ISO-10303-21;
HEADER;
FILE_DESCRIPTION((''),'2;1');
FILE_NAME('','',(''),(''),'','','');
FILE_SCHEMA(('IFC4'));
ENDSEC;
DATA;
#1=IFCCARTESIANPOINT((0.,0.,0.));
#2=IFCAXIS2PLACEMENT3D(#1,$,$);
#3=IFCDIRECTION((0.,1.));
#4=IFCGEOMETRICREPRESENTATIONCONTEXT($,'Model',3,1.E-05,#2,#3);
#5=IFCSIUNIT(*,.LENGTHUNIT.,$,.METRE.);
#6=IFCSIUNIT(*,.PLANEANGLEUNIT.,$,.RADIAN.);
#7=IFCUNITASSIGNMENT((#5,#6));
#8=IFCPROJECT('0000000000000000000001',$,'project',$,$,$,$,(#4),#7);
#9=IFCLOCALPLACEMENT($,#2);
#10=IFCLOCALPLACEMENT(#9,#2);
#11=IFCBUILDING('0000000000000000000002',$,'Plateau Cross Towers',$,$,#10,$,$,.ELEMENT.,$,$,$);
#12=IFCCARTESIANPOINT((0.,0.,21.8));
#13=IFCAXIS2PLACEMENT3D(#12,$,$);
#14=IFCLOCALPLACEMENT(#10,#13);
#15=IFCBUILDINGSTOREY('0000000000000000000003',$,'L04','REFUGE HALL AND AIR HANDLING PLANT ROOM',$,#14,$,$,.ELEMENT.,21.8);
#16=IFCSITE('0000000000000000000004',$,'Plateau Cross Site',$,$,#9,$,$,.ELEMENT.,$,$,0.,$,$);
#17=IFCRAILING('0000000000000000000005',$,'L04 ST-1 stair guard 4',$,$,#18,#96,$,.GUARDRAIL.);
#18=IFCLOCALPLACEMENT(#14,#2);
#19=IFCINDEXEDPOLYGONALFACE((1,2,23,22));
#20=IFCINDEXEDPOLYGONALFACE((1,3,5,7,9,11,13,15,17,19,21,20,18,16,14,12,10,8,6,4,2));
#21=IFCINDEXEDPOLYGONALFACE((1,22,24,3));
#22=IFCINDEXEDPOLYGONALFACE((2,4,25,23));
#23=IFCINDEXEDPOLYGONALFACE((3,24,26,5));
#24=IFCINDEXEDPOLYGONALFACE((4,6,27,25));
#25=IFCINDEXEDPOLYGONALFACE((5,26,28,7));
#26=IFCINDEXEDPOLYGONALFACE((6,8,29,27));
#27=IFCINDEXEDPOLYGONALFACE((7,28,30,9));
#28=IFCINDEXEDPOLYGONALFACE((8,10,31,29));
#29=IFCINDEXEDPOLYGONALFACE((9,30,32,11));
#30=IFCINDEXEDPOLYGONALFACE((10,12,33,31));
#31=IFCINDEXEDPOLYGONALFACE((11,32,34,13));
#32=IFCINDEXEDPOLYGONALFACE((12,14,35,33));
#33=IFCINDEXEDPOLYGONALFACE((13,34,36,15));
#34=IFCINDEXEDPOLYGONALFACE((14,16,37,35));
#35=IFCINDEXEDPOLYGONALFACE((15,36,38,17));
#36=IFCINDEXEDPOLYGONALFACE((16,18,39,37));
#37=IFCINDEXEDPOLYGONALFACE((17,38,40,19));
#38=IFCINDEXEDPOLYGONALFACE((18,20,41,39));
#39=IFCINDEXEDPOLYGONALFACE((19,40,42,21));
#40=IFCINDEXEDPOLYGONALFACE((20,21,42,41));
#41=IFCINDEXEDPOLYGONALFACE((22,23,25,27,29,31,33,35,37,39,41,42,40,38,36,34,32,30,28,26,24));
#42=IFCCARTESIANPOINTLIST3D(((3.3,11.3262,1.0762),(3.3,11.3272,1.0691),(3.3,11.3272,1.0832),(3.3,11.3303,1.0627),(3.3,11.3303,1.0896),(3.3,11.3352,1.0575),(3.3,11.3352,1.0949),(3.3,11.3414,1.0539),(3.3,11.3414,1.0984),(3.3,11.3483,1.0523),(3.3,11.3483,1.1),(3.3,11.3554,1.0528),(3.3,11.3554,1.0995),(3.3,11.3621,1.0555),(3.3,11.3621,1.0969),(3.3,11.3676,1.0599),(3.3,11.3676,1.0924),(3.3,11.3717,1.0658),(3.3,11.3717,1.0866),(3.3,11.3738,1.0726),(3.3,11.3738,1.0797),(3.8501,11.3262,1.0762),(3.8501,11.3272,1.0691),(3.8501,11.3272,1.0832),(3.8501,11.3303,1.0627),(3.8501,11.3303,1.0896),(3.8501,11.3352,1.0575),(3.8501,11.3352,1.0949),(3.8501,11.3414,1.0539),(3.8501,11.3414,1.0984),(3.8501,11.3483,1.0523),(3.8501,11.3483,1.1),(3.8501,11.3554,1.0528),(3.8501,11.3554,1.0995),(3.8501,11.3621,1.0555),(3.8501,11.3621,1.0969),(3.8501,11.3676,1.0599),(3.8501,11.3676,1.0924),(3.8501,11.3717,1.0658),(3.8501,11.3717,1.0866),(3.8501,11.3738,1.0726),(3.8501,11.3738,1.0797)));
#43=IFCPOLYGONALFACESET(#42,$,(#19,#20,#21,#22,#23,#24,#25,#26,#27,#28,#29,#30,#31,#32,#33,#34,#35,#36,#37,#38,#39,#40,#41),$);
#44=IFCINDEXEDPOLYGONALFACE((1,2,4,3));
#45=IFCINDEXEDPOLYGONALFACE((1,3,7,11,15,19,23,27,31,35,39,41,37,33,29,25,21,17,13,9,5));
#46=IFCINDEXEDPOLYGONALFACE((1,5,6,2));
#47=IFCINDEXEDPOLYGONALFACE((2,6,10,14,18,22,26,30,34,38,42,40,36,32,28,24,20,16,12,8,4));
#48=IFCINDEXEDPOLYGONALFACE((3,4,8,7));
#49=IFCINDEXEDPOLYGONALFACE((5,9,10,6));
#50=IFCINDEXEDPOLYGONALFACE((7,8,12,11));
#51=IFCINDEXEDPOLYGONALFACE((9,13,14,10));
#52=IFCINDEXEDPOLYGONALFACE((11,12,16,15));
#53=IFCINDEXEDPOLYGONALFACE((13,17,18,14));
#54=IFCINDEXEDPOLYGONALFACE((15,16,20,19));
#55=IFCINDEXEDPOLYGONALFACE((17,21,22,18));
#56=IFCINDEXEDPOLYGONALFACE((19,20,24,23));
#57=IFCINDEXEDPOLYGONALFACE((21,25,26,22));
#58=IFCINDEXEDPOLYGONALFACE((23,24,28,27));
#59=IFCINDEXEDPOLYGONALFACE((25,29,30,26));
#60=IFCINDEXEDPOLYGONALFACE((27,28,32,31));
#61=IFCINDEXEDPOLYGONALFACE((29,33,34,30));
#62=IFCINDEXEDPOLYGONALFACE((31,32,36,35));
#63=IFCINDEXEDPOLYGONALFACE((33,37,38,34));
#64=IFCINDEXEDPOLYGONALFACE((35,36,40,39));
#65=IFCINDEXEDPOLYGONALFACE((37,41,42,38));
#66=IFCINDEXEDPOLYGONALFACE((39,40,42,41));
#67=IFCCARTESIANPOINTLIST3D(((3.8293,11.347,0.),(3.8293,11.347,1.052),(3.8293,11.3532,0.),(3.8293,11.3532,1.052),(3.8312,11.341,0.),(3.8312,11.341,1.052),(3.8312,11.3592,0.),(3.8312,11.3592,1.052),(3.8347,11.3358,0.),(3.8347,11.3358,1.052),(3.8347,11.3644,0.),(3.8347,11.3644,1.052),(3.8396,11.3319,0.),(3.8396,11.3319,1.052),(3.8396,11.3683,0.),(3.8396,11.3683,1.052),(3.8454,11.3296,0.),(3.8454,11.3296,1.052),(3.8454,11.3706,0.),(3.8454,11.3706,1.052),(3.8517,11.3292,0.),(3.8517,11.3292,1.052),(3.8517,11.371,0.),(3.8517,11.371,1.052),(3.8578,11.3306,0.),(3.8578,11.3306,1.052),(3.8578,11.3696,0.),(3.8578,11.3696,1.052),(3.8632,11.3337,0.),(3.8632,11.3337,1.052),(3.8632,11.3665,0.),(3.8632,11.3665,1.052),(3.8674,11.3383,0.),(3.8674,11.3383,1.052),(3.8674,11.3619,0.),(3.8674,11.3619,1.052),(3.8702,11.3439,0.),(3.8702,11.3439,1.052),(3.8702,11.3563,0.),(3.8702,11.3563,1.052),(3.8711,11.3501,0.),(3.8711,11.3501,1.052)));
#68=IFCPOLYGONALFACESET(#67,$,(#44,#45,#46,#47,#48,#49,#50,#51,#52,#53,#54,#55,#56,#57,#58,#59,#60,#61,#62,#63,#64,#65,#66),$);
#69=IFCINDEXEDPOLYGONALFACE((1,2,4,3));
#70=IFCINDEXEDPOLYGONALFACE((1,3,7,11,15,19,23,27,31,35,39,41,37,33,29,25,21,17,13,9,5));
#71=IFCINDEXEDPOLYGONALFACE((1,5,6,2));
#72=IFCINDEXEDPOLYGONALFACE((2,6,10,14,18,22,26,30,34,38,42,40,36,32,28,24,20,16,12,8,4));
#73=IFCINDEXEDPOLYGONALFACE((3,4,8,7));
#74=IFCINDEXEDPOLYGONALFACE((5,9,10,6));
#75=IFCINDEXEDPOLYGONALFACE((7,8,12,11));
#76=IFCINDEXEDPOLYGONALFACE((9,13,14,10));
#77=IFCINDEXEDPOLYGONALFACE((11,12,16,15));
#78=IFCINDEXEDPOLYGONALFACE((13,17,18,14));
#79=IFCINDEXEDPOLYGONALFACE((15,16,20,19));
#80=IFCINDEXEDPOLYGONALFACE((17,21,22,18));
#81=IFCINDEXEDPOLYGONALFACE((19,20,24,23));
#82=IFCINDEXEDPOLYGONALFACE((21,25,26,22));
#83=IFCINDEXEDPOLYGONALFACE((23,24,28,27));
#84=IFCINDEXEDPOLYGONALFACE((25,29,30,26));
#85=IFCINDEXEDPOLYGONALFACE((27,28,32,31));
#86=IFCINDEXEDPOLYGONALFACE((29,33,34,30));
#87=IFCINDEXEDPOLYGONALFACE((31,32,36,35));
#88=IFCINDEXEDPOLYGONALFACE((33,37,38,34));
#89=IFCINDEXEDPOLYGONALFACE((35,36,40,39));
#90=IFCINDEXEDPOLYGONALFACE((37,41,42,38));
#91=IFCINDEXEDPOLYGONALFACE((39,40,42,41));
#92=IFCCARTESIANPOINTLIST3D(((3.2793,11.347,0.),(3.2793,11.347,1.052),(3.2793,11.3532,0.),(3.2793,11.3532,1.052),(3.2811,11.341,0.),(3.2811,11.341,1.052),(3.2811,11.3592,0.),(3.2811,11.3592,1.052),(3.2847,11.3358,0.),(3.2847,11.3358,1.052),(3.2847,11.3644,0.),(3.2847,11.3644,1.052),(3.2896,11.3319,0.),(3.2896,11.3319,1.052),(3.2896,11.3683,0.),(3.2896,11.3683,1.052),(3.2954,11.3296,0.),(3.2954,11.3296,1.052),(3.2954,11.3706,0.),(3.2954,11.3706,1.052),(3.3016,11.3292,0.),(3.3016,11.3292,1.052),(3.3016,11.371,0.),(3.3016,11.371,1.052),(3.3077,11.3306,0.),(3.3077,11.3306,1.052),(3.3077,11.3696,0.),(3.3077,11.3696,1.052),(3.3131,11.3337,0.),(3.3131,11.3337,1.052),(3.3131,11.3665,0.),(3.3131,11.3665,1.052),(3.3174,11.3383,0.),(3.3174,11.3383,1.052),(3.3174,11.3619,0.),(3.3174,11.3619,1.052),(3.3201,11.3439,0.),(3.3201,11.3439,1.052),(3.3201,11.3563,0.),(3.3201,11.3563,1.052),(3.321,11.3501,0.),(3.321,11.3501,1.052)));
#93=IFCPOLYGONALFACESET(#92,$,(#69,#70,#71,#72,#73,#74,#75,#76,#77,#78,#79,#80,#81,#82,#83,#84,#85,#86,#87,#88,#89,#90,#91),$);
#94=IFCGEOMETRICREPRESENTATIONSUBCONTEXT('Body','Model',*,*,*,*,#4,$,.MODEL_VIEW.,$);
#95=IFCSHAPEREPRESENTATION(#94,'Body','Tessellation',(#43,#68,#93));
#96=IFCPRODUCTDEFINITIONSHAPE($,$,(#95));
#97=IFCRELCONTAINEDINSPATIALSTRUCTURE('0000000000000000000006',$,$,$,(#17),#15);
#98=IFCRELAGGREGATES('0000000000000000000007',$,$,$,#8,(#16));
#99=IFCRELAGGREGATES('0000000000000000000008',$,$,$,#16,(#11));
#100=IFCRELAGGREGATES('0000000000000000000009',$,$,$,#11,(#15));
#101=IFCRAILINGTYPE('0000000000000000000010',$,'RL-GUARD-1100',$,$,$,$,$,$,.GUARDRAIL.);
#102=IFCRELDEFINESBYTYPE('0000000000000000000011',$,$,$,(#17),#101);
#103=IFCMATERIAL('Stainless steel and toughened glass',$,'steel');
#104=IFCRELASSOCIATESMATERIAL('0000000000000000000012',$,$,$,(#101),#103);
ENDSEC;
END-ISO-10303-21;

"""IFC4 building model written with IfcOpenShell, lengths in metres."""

from ifc_helpers import new_model, si_unit, direction, frame, origin, origin_2d, place, context, subcontext, project, spatial, circle, extrude, material, type_object, element, save


model = new_model("IFC4")

# Units and contexts
model_context = context("Model", 3, precision=1e-05, world=origin(), true_north=direction((0.0, 1.0)))
body_context = subcontext(model_context, "Body", "Model", "MODEL_VIEW")
ifc_project = project(units=[si_unit("LENGTHUNIT", "METRE"), si_unit("PLANEANGLEUNIT", "RADIAN")], contexts=[model_context])

# Site, building, storey
site_placement = place(None, origin())
site = spatial("IfcSite", under=ifc_project, at=site_placement, Name="Plateau Cross Site", CompositionType="ELEMENT", RefElevation=0.0)
building_placement = place(site_placement, origin())
building = spatial("IfcBuilding", under=site, at=building_placement, Name="Plateau Cross Towers", CompositionType="ELEMENT")
storey_placement = place(building_placement, frame((0.0, 0.0, 21.8)))
storey = spatial("IfcBuildingStorey", under=building, at=storey_placement, Name="L04", Description="REFUGE HALL AND AIR HANDLING PLANT ROOM", CompositionType="ELEMENT", Elevation=21.8)

# Railing
ifc_material_1 = material(Name="Stainless steel and toughened glass", Category="steel")
railing_type_1 = type_object("IfcRailingType", Name="RL-GUARD-1100", PredefinedType="GUARDRAIL", material=ifc_material_1)
railing_1_placement = place(storey_placement, frame((3.8501, 11.3501, 0.0)))
element("IfcRailing", 1, at=railing_1_placement, inside=storey, type_object=railing_type_1, Name="L04 ST-1 stair guard 4", PredefinedType="GUARDRAIL", context=body_context, shape_type="SweptSolid", body=[
    extrude(circle(Radius=0.0239, at=origin_2d()), frame((0.0, 0.0, 1.0762), z_axis=(-1.0, 0.0, 0.0), x_axis=(0.0, -1.0, 0.0)), (0.0, 0.0, 1.0), 0.55),
    extrude(circle(Radius=0.021, at=origin_2d()), origin(), (0.0, 0.0, 1.0), 1.052),
    extrude(circle(Radius=0.021, at=origin_2d()), frame((-0.55, 0.0, 0.0)), (0.0, 0.0, 1.0), 1.052),
])

save(model, "model.ifc")
